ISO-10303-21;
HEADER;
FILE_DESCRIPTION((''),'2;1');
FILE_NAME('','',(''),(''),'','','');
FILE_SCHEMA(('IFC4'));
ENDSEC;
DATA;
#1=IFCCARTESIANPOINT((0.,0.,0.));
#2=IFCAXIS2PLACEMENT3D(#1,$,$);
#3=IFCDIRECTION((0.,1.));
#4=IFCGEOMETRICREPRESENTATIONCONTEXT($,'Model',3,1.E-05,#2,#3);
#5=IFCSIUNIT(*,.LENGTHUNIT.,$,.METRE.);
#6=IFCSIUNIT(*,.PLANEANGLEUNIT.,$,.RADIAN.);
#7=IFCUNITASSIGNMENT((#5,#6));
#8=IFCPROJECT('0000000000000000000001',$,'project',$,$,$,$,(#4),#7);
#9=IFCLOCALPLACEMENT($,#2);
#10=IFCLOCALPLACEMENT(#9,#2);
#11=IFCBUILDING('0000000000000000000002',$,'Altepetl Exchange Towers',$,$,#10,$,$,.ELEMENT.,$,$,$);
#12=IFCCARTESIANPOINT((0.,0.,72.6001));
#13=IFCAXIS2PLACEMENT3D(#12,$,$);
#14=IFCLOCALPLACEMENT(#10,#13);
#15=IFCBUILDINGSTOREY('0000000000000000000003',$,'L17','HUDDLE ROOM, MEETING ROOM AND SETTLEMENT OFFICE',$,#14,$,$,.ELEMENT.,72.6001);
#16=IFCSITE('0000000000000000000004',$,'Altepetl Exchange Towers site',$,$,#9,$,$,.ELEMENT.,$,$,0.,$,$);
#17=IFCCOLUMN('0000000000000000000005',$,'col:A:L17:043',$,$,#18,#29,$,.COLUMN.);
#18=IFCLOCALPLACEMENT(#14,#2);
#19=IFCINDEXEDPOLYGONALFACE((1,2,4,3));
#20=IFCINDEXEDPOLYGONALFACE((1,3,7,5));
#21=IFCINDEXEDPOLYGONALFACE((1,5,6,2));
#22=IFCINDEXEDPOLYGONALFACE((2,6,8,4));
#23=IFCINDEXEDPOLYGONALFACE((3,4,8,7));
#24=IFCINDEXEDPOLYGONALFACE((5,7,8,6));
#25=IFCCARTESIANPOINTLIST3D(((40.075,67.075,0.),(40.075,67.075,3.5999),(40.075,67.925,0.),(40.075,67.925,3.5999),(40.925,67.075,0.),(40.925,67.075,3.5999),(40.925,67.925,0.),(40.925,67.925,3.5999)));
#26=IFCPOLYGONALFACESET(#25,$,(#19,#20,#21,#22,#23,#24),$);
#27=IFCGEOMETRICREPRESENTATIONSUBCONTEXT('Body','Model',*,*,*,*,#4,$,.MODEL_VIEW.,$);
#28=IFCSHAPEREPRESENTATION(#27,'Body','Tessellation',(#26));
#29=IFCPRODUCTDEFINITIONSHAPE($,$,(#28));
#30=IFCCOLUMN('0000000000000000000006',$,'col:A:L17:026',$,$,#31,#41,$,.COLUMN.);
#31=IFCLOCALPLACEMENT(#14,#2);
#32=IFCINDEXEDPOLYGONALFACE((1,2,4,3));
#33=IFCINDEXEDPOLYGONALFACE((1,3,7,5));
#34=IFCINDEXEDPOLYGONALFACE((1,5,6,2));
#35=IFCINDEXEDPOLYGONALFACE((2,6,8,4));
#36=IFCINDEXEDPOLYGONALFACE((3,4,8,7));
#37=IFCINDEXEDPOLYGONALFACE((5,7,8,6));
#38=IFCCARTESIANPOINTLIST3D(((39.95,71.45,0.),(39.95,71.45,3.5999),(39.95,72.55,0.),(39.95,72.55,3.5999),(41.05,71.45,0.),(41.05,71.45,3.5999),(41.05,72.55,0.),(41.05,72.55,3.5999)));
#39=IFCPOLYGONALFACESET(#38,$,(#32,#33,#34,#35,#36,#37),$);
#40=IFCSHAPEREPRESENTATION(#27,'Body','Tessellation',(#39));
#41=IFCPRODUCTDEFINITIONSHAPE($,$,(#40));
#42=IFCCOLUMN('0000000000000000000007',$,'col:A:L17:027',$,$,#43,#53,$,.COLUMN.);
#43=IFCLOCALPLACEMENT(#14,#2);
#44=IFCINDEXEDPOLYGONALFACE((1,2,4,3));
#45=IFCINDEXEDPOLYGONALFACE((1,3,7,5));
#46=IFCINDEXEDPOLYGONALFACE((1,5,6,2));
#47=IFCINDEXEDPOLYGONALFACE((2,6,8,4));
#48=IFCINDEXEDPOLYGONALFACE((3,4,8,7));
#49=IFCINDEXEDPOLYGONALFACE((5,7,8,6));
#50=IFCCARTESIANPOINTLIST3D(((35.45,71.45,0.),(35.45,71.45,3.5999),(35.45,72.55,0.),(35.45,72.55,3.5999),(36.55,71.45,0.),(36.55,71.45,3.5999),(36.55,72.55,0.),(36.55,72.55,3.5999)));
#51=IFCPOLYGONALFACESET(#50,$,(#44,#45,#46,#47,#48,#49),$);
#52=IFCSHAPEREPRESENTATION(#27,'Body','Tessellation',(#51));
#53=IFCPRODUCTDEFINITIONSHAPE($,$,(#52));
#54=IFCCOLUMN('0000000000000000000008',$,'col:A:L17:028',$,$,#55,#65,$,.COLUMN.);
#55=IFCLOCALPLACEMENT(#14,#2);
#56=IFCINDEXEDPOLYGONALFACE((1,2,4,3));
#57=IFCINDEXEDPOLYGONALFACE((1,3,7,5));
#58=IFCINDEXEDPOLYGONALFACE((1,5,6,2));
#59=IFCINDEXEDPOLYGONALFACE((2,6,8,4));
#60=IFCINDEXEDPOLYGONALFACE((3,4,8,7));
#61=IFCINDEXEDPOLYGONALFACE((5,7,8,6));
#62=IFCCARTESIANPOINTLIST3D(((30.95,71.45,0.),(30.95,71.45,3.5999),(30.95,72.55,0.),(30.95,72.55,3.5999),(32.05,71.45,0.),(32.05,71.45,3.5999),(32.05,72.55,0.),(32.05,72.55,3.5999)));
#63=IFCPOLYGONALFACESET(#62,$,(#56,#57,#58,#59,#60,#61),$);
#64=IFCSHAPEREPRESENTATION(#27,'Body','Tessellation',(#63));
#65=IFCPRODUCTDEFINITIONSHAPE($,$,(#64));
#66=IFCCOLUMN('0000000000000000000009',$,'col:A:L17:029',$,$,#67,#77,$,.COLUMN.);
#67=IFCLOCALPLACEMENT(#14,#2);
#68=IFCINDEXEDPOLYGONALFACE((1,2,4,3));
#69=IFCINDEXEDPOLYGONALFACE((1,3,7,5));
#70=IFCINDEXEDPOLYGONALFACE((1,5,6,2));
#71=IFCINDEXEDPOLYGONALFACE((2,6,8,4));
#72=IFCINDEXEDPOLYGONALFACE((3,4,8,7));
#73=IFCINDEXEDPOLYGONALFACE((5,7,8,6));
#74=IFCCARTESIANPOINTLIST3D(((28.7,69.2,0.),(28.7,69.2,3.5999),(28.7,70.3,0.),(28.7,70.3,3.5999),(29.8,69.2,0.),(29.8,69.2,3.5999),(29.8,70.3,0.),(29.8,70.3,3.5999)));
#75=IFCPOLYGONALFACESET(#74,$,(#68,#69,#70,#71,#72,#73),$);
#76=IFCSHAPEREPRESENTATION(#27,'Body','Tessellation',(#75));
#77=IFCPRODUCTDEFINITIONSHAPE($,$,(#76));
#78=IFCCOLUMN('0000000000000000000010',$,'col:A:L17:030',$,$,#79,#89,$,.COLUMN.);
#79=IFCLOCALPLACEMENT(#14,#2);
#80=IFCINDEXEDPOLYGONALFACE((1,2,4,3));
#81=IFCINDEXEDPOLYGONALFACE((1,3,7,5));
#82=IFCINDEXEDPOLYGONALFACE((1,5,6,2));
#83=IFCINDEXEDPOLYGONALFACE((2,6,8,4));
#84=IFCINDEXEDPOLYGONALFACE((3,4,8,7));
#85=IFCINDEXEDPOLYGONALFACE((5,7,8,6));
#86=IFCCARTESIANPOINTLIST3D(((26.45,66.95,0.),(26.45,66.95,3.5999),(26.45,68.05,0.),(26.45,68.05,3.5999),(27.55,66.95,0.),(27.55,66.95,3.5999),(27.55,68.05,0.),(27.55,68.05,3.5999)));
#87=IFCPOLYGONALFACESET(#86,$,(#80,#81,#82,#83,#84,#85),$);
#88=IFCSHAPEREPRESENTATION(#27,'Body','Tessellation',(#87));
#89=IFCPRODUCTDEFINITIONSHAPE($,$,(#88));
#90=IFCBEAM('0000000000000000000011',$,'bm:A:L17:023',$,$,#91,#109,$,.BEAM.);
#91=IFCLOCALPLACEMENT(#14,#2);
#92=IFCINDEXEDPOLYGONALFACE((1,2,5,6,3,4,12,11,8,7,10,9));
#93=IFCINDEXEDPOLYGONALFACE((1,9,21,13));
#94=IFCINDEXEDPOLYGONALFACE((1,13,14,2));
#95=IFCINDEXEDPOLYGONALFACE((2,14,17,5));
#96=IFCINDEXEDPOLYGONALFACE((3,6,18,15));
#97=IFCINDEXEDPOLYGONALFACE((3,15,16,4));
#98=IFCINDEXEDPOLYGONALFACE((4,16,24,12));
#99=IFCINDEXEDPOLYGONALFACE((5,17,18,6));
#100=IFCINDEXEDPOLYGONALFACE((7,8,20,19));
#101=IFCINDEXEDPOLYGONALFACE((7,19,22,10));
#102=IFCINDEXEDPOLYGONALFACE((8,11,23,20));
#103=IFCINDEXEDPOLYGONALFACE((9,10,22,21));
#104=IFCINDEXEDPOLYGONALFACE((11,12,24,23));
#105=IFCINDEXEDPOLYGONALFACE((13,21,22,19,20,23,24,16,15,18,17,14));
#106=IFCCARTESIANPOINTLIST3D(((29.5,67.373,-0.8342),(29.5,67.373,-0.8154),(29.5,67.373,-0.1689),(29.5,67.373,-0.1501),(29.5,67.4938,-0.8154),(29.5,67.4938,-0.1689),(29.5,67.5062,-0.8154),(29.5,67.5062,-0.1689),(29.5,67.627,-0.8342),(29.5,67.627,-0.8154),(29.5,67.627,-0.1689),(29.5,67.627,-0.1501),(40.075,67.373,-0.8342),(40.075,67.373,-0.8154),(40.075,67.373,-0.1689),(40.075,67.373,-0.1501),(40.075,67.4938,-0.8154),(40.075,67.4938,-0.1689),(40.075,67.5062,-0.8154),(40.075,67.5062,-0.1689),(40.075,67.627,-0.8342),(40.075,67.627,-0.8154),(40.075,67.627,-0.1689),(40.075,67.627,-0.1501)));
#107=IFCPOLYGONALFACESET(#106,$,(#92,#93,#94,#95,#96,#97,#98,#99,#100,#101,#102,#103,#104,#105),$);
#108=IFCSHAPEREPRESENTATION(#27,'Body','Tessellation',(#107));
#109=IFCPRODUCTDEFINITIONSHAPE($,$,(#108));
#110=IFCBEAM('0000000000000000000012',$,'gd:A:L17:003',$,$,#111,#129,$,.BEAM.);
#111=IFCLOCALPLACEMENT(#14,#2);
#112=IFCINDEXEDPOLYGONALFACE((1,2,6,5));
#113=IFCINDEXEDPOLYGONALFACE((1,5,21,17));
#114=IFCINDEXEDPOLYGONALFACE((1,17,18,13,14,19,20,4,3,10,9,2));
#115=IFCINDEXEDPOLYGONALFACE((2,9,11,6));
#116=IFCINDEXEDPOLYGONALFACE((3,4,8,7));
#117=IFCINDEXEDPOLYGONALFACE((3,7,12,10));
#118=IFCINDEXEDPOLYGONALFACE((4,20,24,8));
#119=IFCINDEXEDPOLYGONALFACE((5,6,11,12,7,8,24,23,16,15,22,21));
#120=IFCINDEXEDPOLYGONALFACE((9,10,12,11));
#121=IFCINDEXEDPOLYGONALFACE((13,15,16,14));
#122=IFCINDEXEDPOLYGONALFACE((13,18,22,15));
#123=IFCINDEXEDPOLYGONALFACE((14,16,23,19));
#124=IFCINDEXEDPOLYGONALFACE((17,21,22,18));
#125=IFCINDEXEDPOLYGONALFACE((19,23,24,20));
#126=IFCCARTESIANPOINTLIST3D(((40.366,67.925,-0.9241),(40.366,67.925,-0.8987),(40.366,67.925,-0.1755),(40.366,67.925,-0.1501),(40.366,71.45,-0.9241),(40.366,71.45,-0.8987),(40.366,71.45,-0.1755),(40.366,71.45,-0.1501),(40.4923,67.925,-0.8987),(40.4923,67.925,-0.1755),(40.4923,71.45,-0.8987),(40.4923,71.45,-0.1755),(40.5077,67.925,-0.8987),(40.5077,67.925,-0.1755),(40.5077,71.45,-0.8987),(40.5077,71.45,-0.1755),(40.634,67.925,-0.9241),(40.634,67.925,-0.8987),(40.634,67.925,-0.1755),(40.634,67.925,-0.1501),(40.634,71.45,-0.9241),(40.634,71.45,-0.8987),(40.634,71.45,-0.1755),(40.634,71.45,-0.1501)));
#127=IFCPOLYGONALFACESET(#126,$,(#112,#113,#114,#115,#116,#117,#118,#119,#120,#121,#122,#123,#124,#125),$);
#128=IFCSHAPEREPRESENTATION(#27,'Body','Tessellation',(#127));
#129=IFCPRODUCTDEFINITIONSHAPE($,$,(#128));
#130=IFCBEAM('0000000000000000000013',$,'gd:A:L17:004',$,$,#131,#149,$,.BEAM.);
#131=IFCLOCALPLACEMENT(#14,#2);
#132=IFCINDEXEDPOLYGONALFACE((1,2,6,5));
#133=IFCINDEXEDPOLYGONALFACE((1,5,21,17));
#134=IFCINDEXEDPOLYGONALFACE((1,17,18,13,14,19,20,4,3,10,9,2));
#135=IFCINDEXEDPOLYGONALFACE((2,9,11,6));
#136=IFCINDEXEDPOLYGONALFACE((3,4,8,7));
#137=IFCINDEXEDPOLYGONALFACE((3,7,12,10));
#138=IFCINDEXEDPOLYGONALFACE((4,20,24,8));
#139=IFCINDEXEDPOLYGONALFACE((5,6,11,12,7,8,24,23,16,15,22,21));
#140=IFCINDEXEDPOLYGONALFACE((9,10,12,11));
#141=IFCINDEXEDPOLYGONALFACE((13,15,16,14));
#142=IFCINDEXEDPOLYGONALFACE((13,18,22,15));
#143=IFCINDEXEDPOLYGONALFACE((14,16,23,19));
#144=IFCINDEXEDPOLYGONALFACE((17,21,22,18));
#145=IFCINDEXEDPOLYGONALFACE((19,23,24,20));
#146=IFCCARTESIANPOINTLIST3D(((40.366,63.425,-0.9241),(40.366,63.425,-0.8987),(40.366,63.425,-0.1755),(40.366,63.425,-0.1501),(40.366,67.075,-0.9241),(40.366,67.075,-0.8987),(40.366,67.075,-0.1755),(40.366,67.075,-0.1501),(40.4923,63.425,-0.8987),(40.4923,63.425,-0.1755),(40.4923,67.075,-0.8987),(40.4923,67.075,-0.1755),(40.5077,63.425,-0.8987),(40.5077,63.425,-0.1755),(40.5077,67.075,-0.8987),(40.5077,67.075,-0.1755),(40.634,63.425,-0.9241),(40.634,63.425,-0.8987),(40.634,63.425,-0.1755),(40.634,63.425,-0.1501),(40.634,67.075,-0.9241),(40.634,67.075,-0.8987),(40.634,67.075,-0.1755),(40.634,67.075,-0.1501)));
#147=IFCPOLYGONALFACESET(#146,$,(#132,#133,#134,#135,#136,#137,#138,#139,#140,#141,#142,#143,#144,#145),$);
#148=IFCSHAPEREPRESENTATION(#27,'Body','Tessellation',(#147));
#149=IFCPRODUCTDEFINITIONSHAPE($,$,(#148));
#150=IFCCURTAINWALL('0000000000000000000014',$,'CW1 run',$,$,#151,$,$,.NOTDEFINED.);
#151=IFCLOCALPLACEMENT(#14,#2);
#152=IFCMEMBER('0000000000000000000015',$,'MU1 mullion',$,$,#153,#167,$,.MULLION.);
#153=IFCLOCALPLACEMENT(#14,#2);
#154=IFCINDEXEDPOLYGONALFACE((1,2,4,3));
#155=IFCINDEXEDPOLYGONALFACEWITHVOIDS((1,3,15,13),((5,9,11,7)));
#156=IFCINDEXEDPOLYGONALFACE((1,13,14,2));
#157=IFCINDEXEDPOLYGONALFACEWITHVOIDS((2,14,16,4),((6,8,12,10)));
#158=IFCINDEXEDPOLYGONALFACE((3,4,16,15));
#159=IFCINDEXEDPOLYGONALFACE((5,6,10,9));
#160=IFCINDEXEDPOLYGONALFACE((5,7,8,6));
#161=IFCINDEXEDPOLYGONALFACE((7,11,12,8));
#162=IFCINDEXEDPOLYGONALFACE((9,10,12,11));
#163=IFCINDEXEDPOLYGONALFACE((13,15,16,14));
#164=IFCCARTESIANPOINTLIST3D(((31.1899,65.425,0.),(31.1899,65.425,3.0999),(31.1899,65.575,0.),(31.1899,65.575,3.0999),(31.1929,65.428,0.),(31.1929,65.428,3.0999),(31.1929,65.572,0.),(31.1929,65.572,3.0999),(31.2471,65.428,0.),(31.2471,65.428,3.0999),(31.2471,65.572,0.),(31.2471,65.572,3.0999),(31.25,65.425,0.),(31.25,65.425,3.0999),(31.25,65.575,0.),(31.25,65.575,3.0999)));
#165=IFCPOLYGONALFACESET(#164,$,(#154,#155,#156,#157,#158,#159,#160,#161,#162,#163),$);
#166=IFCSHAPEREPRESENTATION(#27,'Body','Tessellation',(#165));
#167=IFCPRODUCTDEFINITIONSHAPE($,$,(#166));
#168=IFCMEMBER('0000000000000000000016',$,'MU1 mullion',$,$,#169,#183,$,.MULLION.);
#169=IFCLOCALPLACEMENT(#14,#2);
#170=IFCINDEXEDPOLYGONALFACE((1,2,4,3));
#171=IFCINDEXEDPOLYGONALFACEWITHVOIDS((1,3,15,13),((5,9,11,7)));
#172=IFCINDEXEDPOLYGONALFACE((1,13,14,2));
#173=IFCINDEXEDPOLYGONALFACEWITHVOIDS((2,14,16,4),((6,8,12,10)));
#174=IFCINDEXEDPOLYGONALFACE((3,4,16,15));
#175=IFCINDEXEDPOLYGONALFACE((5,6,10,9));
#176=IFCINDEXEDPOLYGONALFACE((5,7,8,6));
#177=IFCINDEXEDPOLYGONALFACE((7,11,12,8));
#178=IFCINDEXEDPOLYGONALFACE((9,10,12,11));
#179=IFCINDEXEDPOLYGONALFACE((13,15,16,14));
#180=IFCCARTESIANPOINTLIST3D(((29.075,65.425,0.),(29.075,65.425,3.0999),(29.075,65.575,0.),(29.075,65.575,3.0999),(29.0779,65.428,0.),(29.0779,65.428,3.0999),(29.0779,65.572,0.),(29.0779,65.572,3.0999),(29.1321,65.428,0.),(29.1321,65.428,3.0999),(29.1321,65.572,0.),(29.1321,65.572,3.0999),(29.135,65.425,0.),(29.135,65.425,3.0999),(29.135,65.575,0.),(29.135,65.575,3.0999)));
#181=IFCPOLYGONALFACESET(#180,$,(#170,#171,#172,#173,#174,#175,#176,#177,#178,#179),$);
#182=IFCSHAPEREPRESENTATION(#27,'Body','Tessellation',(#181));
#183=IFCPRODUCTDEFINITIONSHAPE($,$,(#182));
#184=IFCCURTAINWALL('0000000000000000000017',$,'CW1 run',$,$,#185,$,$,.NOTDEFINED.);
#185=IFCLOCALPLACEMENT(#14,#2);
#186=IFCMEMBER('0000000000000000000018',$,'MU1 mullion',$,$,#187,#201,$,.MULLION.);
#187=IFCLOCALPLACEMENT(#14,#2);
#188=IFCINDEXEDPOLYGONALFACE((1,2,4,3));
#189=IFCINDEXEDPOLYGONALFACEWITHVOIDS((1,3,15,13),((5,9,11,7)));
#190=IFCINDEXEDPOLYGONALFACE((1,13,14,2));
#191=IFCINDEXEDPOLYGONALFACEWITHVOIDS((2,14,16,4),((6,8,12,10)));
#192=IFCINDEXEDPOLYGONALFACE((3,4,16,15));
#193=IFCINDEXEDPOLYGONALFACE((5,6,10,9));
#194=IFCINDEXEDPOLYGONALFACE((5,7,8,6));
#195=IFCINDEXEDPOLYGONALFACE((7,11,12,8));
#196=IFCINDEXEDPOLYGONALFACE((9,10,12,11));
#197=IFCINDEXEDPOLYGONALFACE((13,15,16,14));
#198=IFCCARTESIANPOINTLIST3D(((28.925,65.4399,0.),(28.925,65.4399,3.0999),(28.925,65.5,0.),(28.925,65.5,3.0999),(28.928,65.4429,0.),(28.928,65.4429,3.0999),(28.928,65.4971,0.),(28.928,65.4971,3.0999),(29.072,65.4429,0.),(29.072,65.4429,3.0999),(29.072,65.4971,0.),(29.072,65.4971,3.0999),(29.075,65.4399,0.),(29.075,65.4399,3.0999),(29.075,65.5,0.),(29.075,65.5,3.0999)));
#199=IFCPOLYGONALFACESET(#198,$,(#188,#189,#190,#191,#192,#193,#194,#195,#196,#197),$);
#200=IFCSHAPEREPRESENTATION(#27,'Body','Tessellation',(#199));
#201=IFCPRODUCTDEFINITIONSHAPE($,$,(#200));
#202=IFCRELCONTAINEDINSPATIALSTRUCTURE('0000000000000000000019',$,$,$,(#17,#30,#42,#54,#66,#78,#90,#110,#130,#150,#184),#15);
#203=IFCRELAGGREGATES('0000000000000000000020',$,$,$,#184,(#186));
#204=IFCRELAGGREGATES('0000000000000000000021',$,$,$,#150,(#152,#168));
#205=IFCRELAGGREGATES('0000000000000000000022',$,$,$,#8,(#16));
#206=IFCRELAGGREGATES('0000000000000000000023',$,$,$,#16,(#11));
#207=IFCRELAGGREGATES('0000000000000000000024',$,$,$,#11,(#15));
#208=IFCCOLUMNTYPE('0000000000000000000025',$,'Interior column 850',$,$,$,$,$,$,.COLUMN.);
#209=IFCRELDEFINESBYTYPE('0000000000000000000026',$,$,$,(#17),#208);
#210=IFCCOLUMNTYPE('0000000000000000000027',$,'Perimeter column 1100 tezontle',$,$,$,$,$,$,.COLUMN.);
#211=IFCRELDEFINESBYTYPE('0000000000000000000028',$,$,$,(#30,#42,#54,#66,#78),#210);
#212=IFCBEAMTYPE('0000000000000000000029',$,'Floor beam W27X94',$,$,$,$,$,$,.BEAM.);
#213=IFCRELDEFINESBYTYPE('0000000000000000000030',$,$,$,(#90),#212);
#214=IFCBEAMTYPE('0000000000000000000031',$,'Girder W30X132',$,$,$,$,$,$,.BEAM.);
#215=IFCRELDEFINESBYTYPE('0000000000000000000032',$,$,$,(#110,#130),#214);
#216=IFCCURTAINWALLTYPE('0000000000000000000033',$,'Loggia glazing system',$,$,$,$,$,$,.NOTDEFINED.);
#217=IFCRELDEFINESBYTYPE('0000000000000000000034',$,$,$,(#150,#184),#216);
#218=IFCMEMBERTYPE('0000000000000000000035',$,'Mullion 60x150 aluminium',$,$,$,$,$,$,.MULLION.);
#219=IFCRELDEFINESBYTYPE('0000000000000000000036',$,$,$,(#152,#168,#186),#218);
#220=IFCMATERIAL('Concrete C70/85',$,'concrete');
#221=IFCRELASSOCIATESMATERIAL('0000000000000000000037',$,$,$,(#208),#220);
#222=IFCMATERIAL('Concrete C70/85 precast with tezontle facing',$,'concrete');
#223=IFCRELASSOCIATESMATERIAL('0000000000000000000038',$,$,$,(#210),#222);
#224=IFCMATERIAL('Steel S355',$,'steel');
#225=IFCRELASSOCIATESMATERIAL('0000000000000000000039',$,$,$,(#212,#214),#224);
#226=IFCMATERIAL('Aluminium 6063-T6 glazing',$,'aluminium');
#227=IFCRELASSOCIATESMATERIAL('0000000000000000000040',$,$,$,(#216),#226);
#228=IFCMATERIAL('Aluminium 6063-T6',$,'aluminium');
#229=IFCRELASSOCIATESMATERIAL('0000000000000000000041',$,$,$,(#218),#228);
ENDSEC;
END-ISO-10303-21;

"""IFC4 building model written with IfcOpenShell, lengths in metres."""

from ifc_helpers import new_model, si_unit, direction, frame, origin, origin_2d, place, context, subcontext, project, spatial, rectangle, hollow_rectangle, i_section, extrude, material, material_profile, profile_set, type_object, element, aggregate, save


model = new_model("IFC4")

# Units and contexts
model_context = context("Model", 3, precision=1e-05, world=origin(), true_north=direction((0.0, 1.0)))
body_context = subcontext(model_context, "Body", "Model", "MODEL_VIEW")
ifc_project = project(units=[si_unit("LENGTHUNIT", "METRE"), si_unit("PLANEANGLEUNIT", "RADIAN")], contexts=[model_context])

# Site, building, storey
site_placement = place(None, origin())
site = spatial("IfcSite", under=ifc_project, at=site_placement, Name="Altepetl Exchange Towers site", CompositionType="ELEMENT", RefElevation=0.0)
building_placement = place(site_placement, origin())
building = spatial("IfcBuilding", under=site, at=building_placement, Name="Altepetl Exchange Towers", CompositionType="ELEMENT")
storey_placement = place(building_placement, frame((0.0, 0.0, 72.6001)))
storey = spatial("IfcBuildingStorey", under=building, at=storey_placement, Name="L17", Description="HUDDLE ROOM, MEETING ROOM AND SETTLEMENT OFFICE", CompositionType="ELEMENT", Elevation=72.6001)

# Columns
ifc_material_1 = material(Name="Concrete C70/85", Category="concrete")
ifc_material_profile_1 = material_profile(ifc_material_1, rectangle(XDim=0.8501, YDim=0.8501, at=origin_2d()), Name="850 x 850")
ifc_profile_set_1 = profile_set([ifc_material_profile_1], Name="Concrete C70/85")
column_type_1 = type_object("IfcColumnType", Name="Interior column 850", PredefinedType="COLUMN", material=ifc_profile_set_1)
column_placement = place(storey_placement, frame((40.5, 67.5, 0.0)))
element("IfcColumn", 1, at=column_placement, inside=storey, type_object=column_type_1, Name="col:A:L17:043", PredefinedType="COLUMN", context=body_context, shape_type="SweptSolid", body=[
    extrude(rectangle(XDim=0.8501, YDim=0.8501, at=origin_2d()), origin(), (0.0, 0.0, 1.0), 3.5999),
])
ifc_material_2 = material(Name="Concrete C70/85 precast with tezontle facing", Category="concrete")
ifc_material_profile_2 = material_profile(ifc_material_2, rectangle(XDim=1.1001, YDim=1.1001, at=origin_2d()), Name="1100 x 1100")
ifc_profile_set_2 = profile_set([ifc_material_profile_2], Name="Concrete C70/85 precast with tezontle facing")
column_type_2 = type_object("IfcColumnType", Name="Perimeter column 1100 tezontle", PredefinedType="COLUMN", material=ifc_profile_set_2)
for number, where, name in (
    (2, (40.5, 72.0, 0.0), "col:A:L17:026"),
    (3, (36.0, 72.0, 0.0), "col:A:L17:027"),
    (4, (31.5, 72.0, 0.0), "col:A:L17:028"),
    (5, (29.25, 69.75, 0.0), "col:A:L17:029"),
    (6, (27.0, 67.5, 0.0), "col:A:L17:030"),
):
    element("IfcColumn", number, at=place(storey_placement, frame(where)), inside=storey, type_object=column_type_2, Name=name, PredefinedType="COLUMN", context=body_context, shape_type="SweptSolid", body=[
        extrude(rectangle(XDim=1.1001, YDim=1.1001, at=origin_2d()), origin(), (0.0, 0.0, 1.0), 3.5999),
    ])

# Beams
ifc_material_3 = material(Name="Steel S355", Category="steel")
ifc_material_profile_3 = material_profile(ifc_material_3, i_section(OverallWidth=0.2539, OverallDepth=0.6841, WebThickness=0.0125, FlangeThickness=0.0188, at=origin_2d()), Name="W27X94")
ifc_profile_set_3 = profile_set([ifc_material_profile_3], Name="Steel S355")
beam_type_1 = type_object("IfcBeamType", Name="Floor beam W27X94", PredefinedType="BEAM", material=ifc_profile_set_3)
beam_1_placement = place(storey_placement, frame((29.5, 67.5, -0.4922), z_axis=(1.0, 0.0, 0.0), x_axis=(0.0, 1.0, 0.0)))
element("IfcBeam", 7, at=beam_1_placement, inside=storey, type_object=beam_type_1, Name="bm:A:L17:023", PredefinedType="BEAM", context=body_context, shape_type="SweptSolid", body=[
    extrude(i_section(OverallWidth=0.2539, OverallDepth=0.6841, WebThickness=0.0125, FlangeThickness=0.0188, at=origin_2d()), origin(), (0.0, 0.0, 1.0), 10.575),
])
ifc_material_profile_4 = material_profile(ifc_material_3, i_section(OverallWidth=0.2681, OverallDepth=0.7739, WebThickness=0.0154, FlangeThickness=0.0254, at=origin_2d()), Name="W30X132")
ifc_profile_set_4 = profile_set([ifc_material_profile_4], Name="Steel S355")
beam_type_2 = type_object("IfcBeamType", Name="Girder W30X132", PredefinedType="BEAM", material=ifc_profile_set_4)
beam_2_placement = place(storey_placement, frame((40.5, 71.45, -0.5371), z_axis=(0.0, -1.0, 0.0), x_axis=(1.0, 0.0, 0.0)))
element("IfcBeam", 8, at=beam_2_placement, inside=storey, type_object=beam_type_2, Name="gd:A:L17:003", PredefinedType="BEAM", context=body_context, shape_type="SweptSolid", body=[
    extrude(i_section(OverallWidth=0.2681, OverallDepth=0.7739, WebThickness=0.0154, FlangeThickness=0.0254, at=origin_2d()), origin(), (0.0, 0.0, 1.0), 3.5249),
])
beam_3_placement = place(storey_placement, frame((40.5, 67.075, -0.5371), z_axis=(0.0, -1.0, 0.0), x_axis=(1.0, 0.0, 0.0)))
element("IfcBeam", 9, at=beam_3_placement, inside=storey, type_object=beam_type_2, Name="gd:A:L17:004", PredefinedType="BEAM", context=body_context, shape_type="SweptSolid", body=[
    extrude(i_section(OverallWidth=0.2681, OverallDepth=0.7739, WebThickness=0.0154, FlangeThickness=0.0254, at=origin_2d()), origin(), (0.0, 0.0, 1.0), 3.6499),
])

# Curtain wall, members
ifc_material_4 = material(Name="Aluminium 6063-T6 glazing", Category="aluminium")
curtain_wall_type = type_object("IfcCurtainWallType", Name="Loggia glazing system", PredefinedType="NOTDEFINED", material=ifc_material_4)
curtain_wall_1_placement = place(storey_placement, origin())
curtain_wall_1 = element("IfcCurtainWall", 10, at=curtain_wall_1_placement, inside=storey, type_object=curtain_wall_type, Name="CW1 run", PredefinedType="NOTDEFINED")
ifc_material_5 = material(Name="Aluminium 6063-T6", Category="aluminium")
ifc_material_profile_5 = material_profile(ifc_material_5, hollow_rectangle(XDim=0.0601, YDim=0.1499, WallThickness=0.0029, at=origin_2d()), Name="Mullion 60x150 aluminium")
ifc_profile_set_5 = profile_set([ifc_material_profile_5], Name="Aluminium 6063-T6")
member_type = type_object("IfcMemberType", Name="Mullion 60x150 aluminium", PredefinedType="MULLION", material=ifc_profile_set_5)
member_1_placement = place(storey_placement, frame((31.22, 65.5, 0.0), z_axis=(0.0, 0.0, 1.0), x_axis=(-1.0, 0.0, 0.0)))
member_1 = element("IfcMember", 11, at=member_1_placement, type_object=member_type, Name="MU1 mullion", PredefinedType="MULLION", context=body_context, shape_type="SweptSolid", body=[
    extrude(hollow_rectangle(XDim=0.0601, YDim=0.1499, WallThickness=0.0029, at=origin_2d()), origin(), (0.0, 0.0, 1.0), 3.0999),
])
member_2_placement = place(storey_placement, frame((29.105, 65.5, 0.0), z_axis=(0.0, 0.0, 1.0), x_axis=(-1.0, 0.0, 0.0)))
member_2 = element("IfcMember", 12, at=member_2_placement, type_object=member_type, Name="MU1 mullion", PredefinedType="MULLION", context=body_context, shape_type="SweptSolid", body=[
    extrude(hollow_rectangle(XDim=0.0601, YDim=0.1499, WallThickness=0.0029, at=origin_2d()), origin(), (0.0, 0.0, 1.0), 3.0999),
])

# Curtain wall, member
curtain_wall_2_placement = place(storey_placement, origin())
curtain_wall_2 = element("IfcCurtainWall", 13, at=curtain_wall_2_placement, inside=storey, type_object=curtain_wall_type, Name="CW1 run", PredefinedType="NOTDEFINED")
member_3_placement = place(storey_placement, frame((29.0, 65.47, 0.0), z_axis=(0.0, 0.0, 1.0), x_axis=(0.0, -1.0, 0.0)))
member_3 = element("IfcMember", 14, at=member_3_placement, type_object=member_type, Name="MU1 mullion", PredefinedType="MULLION", context=body_context, shape_type="SweptSolid", body=[
    extrude(hollow_rectangle(XDim=0.0601, YDim=0.1499, WallThickness=0.0029, at=origin_2d()), origin(), (0.0, 0.0, 1.0), 3.0999),
])
aggregate(curtain_wall_2, [member_3])

aggregate(curtain_wall_1, [member_1, member_2])

save(model, "model.ifc")
